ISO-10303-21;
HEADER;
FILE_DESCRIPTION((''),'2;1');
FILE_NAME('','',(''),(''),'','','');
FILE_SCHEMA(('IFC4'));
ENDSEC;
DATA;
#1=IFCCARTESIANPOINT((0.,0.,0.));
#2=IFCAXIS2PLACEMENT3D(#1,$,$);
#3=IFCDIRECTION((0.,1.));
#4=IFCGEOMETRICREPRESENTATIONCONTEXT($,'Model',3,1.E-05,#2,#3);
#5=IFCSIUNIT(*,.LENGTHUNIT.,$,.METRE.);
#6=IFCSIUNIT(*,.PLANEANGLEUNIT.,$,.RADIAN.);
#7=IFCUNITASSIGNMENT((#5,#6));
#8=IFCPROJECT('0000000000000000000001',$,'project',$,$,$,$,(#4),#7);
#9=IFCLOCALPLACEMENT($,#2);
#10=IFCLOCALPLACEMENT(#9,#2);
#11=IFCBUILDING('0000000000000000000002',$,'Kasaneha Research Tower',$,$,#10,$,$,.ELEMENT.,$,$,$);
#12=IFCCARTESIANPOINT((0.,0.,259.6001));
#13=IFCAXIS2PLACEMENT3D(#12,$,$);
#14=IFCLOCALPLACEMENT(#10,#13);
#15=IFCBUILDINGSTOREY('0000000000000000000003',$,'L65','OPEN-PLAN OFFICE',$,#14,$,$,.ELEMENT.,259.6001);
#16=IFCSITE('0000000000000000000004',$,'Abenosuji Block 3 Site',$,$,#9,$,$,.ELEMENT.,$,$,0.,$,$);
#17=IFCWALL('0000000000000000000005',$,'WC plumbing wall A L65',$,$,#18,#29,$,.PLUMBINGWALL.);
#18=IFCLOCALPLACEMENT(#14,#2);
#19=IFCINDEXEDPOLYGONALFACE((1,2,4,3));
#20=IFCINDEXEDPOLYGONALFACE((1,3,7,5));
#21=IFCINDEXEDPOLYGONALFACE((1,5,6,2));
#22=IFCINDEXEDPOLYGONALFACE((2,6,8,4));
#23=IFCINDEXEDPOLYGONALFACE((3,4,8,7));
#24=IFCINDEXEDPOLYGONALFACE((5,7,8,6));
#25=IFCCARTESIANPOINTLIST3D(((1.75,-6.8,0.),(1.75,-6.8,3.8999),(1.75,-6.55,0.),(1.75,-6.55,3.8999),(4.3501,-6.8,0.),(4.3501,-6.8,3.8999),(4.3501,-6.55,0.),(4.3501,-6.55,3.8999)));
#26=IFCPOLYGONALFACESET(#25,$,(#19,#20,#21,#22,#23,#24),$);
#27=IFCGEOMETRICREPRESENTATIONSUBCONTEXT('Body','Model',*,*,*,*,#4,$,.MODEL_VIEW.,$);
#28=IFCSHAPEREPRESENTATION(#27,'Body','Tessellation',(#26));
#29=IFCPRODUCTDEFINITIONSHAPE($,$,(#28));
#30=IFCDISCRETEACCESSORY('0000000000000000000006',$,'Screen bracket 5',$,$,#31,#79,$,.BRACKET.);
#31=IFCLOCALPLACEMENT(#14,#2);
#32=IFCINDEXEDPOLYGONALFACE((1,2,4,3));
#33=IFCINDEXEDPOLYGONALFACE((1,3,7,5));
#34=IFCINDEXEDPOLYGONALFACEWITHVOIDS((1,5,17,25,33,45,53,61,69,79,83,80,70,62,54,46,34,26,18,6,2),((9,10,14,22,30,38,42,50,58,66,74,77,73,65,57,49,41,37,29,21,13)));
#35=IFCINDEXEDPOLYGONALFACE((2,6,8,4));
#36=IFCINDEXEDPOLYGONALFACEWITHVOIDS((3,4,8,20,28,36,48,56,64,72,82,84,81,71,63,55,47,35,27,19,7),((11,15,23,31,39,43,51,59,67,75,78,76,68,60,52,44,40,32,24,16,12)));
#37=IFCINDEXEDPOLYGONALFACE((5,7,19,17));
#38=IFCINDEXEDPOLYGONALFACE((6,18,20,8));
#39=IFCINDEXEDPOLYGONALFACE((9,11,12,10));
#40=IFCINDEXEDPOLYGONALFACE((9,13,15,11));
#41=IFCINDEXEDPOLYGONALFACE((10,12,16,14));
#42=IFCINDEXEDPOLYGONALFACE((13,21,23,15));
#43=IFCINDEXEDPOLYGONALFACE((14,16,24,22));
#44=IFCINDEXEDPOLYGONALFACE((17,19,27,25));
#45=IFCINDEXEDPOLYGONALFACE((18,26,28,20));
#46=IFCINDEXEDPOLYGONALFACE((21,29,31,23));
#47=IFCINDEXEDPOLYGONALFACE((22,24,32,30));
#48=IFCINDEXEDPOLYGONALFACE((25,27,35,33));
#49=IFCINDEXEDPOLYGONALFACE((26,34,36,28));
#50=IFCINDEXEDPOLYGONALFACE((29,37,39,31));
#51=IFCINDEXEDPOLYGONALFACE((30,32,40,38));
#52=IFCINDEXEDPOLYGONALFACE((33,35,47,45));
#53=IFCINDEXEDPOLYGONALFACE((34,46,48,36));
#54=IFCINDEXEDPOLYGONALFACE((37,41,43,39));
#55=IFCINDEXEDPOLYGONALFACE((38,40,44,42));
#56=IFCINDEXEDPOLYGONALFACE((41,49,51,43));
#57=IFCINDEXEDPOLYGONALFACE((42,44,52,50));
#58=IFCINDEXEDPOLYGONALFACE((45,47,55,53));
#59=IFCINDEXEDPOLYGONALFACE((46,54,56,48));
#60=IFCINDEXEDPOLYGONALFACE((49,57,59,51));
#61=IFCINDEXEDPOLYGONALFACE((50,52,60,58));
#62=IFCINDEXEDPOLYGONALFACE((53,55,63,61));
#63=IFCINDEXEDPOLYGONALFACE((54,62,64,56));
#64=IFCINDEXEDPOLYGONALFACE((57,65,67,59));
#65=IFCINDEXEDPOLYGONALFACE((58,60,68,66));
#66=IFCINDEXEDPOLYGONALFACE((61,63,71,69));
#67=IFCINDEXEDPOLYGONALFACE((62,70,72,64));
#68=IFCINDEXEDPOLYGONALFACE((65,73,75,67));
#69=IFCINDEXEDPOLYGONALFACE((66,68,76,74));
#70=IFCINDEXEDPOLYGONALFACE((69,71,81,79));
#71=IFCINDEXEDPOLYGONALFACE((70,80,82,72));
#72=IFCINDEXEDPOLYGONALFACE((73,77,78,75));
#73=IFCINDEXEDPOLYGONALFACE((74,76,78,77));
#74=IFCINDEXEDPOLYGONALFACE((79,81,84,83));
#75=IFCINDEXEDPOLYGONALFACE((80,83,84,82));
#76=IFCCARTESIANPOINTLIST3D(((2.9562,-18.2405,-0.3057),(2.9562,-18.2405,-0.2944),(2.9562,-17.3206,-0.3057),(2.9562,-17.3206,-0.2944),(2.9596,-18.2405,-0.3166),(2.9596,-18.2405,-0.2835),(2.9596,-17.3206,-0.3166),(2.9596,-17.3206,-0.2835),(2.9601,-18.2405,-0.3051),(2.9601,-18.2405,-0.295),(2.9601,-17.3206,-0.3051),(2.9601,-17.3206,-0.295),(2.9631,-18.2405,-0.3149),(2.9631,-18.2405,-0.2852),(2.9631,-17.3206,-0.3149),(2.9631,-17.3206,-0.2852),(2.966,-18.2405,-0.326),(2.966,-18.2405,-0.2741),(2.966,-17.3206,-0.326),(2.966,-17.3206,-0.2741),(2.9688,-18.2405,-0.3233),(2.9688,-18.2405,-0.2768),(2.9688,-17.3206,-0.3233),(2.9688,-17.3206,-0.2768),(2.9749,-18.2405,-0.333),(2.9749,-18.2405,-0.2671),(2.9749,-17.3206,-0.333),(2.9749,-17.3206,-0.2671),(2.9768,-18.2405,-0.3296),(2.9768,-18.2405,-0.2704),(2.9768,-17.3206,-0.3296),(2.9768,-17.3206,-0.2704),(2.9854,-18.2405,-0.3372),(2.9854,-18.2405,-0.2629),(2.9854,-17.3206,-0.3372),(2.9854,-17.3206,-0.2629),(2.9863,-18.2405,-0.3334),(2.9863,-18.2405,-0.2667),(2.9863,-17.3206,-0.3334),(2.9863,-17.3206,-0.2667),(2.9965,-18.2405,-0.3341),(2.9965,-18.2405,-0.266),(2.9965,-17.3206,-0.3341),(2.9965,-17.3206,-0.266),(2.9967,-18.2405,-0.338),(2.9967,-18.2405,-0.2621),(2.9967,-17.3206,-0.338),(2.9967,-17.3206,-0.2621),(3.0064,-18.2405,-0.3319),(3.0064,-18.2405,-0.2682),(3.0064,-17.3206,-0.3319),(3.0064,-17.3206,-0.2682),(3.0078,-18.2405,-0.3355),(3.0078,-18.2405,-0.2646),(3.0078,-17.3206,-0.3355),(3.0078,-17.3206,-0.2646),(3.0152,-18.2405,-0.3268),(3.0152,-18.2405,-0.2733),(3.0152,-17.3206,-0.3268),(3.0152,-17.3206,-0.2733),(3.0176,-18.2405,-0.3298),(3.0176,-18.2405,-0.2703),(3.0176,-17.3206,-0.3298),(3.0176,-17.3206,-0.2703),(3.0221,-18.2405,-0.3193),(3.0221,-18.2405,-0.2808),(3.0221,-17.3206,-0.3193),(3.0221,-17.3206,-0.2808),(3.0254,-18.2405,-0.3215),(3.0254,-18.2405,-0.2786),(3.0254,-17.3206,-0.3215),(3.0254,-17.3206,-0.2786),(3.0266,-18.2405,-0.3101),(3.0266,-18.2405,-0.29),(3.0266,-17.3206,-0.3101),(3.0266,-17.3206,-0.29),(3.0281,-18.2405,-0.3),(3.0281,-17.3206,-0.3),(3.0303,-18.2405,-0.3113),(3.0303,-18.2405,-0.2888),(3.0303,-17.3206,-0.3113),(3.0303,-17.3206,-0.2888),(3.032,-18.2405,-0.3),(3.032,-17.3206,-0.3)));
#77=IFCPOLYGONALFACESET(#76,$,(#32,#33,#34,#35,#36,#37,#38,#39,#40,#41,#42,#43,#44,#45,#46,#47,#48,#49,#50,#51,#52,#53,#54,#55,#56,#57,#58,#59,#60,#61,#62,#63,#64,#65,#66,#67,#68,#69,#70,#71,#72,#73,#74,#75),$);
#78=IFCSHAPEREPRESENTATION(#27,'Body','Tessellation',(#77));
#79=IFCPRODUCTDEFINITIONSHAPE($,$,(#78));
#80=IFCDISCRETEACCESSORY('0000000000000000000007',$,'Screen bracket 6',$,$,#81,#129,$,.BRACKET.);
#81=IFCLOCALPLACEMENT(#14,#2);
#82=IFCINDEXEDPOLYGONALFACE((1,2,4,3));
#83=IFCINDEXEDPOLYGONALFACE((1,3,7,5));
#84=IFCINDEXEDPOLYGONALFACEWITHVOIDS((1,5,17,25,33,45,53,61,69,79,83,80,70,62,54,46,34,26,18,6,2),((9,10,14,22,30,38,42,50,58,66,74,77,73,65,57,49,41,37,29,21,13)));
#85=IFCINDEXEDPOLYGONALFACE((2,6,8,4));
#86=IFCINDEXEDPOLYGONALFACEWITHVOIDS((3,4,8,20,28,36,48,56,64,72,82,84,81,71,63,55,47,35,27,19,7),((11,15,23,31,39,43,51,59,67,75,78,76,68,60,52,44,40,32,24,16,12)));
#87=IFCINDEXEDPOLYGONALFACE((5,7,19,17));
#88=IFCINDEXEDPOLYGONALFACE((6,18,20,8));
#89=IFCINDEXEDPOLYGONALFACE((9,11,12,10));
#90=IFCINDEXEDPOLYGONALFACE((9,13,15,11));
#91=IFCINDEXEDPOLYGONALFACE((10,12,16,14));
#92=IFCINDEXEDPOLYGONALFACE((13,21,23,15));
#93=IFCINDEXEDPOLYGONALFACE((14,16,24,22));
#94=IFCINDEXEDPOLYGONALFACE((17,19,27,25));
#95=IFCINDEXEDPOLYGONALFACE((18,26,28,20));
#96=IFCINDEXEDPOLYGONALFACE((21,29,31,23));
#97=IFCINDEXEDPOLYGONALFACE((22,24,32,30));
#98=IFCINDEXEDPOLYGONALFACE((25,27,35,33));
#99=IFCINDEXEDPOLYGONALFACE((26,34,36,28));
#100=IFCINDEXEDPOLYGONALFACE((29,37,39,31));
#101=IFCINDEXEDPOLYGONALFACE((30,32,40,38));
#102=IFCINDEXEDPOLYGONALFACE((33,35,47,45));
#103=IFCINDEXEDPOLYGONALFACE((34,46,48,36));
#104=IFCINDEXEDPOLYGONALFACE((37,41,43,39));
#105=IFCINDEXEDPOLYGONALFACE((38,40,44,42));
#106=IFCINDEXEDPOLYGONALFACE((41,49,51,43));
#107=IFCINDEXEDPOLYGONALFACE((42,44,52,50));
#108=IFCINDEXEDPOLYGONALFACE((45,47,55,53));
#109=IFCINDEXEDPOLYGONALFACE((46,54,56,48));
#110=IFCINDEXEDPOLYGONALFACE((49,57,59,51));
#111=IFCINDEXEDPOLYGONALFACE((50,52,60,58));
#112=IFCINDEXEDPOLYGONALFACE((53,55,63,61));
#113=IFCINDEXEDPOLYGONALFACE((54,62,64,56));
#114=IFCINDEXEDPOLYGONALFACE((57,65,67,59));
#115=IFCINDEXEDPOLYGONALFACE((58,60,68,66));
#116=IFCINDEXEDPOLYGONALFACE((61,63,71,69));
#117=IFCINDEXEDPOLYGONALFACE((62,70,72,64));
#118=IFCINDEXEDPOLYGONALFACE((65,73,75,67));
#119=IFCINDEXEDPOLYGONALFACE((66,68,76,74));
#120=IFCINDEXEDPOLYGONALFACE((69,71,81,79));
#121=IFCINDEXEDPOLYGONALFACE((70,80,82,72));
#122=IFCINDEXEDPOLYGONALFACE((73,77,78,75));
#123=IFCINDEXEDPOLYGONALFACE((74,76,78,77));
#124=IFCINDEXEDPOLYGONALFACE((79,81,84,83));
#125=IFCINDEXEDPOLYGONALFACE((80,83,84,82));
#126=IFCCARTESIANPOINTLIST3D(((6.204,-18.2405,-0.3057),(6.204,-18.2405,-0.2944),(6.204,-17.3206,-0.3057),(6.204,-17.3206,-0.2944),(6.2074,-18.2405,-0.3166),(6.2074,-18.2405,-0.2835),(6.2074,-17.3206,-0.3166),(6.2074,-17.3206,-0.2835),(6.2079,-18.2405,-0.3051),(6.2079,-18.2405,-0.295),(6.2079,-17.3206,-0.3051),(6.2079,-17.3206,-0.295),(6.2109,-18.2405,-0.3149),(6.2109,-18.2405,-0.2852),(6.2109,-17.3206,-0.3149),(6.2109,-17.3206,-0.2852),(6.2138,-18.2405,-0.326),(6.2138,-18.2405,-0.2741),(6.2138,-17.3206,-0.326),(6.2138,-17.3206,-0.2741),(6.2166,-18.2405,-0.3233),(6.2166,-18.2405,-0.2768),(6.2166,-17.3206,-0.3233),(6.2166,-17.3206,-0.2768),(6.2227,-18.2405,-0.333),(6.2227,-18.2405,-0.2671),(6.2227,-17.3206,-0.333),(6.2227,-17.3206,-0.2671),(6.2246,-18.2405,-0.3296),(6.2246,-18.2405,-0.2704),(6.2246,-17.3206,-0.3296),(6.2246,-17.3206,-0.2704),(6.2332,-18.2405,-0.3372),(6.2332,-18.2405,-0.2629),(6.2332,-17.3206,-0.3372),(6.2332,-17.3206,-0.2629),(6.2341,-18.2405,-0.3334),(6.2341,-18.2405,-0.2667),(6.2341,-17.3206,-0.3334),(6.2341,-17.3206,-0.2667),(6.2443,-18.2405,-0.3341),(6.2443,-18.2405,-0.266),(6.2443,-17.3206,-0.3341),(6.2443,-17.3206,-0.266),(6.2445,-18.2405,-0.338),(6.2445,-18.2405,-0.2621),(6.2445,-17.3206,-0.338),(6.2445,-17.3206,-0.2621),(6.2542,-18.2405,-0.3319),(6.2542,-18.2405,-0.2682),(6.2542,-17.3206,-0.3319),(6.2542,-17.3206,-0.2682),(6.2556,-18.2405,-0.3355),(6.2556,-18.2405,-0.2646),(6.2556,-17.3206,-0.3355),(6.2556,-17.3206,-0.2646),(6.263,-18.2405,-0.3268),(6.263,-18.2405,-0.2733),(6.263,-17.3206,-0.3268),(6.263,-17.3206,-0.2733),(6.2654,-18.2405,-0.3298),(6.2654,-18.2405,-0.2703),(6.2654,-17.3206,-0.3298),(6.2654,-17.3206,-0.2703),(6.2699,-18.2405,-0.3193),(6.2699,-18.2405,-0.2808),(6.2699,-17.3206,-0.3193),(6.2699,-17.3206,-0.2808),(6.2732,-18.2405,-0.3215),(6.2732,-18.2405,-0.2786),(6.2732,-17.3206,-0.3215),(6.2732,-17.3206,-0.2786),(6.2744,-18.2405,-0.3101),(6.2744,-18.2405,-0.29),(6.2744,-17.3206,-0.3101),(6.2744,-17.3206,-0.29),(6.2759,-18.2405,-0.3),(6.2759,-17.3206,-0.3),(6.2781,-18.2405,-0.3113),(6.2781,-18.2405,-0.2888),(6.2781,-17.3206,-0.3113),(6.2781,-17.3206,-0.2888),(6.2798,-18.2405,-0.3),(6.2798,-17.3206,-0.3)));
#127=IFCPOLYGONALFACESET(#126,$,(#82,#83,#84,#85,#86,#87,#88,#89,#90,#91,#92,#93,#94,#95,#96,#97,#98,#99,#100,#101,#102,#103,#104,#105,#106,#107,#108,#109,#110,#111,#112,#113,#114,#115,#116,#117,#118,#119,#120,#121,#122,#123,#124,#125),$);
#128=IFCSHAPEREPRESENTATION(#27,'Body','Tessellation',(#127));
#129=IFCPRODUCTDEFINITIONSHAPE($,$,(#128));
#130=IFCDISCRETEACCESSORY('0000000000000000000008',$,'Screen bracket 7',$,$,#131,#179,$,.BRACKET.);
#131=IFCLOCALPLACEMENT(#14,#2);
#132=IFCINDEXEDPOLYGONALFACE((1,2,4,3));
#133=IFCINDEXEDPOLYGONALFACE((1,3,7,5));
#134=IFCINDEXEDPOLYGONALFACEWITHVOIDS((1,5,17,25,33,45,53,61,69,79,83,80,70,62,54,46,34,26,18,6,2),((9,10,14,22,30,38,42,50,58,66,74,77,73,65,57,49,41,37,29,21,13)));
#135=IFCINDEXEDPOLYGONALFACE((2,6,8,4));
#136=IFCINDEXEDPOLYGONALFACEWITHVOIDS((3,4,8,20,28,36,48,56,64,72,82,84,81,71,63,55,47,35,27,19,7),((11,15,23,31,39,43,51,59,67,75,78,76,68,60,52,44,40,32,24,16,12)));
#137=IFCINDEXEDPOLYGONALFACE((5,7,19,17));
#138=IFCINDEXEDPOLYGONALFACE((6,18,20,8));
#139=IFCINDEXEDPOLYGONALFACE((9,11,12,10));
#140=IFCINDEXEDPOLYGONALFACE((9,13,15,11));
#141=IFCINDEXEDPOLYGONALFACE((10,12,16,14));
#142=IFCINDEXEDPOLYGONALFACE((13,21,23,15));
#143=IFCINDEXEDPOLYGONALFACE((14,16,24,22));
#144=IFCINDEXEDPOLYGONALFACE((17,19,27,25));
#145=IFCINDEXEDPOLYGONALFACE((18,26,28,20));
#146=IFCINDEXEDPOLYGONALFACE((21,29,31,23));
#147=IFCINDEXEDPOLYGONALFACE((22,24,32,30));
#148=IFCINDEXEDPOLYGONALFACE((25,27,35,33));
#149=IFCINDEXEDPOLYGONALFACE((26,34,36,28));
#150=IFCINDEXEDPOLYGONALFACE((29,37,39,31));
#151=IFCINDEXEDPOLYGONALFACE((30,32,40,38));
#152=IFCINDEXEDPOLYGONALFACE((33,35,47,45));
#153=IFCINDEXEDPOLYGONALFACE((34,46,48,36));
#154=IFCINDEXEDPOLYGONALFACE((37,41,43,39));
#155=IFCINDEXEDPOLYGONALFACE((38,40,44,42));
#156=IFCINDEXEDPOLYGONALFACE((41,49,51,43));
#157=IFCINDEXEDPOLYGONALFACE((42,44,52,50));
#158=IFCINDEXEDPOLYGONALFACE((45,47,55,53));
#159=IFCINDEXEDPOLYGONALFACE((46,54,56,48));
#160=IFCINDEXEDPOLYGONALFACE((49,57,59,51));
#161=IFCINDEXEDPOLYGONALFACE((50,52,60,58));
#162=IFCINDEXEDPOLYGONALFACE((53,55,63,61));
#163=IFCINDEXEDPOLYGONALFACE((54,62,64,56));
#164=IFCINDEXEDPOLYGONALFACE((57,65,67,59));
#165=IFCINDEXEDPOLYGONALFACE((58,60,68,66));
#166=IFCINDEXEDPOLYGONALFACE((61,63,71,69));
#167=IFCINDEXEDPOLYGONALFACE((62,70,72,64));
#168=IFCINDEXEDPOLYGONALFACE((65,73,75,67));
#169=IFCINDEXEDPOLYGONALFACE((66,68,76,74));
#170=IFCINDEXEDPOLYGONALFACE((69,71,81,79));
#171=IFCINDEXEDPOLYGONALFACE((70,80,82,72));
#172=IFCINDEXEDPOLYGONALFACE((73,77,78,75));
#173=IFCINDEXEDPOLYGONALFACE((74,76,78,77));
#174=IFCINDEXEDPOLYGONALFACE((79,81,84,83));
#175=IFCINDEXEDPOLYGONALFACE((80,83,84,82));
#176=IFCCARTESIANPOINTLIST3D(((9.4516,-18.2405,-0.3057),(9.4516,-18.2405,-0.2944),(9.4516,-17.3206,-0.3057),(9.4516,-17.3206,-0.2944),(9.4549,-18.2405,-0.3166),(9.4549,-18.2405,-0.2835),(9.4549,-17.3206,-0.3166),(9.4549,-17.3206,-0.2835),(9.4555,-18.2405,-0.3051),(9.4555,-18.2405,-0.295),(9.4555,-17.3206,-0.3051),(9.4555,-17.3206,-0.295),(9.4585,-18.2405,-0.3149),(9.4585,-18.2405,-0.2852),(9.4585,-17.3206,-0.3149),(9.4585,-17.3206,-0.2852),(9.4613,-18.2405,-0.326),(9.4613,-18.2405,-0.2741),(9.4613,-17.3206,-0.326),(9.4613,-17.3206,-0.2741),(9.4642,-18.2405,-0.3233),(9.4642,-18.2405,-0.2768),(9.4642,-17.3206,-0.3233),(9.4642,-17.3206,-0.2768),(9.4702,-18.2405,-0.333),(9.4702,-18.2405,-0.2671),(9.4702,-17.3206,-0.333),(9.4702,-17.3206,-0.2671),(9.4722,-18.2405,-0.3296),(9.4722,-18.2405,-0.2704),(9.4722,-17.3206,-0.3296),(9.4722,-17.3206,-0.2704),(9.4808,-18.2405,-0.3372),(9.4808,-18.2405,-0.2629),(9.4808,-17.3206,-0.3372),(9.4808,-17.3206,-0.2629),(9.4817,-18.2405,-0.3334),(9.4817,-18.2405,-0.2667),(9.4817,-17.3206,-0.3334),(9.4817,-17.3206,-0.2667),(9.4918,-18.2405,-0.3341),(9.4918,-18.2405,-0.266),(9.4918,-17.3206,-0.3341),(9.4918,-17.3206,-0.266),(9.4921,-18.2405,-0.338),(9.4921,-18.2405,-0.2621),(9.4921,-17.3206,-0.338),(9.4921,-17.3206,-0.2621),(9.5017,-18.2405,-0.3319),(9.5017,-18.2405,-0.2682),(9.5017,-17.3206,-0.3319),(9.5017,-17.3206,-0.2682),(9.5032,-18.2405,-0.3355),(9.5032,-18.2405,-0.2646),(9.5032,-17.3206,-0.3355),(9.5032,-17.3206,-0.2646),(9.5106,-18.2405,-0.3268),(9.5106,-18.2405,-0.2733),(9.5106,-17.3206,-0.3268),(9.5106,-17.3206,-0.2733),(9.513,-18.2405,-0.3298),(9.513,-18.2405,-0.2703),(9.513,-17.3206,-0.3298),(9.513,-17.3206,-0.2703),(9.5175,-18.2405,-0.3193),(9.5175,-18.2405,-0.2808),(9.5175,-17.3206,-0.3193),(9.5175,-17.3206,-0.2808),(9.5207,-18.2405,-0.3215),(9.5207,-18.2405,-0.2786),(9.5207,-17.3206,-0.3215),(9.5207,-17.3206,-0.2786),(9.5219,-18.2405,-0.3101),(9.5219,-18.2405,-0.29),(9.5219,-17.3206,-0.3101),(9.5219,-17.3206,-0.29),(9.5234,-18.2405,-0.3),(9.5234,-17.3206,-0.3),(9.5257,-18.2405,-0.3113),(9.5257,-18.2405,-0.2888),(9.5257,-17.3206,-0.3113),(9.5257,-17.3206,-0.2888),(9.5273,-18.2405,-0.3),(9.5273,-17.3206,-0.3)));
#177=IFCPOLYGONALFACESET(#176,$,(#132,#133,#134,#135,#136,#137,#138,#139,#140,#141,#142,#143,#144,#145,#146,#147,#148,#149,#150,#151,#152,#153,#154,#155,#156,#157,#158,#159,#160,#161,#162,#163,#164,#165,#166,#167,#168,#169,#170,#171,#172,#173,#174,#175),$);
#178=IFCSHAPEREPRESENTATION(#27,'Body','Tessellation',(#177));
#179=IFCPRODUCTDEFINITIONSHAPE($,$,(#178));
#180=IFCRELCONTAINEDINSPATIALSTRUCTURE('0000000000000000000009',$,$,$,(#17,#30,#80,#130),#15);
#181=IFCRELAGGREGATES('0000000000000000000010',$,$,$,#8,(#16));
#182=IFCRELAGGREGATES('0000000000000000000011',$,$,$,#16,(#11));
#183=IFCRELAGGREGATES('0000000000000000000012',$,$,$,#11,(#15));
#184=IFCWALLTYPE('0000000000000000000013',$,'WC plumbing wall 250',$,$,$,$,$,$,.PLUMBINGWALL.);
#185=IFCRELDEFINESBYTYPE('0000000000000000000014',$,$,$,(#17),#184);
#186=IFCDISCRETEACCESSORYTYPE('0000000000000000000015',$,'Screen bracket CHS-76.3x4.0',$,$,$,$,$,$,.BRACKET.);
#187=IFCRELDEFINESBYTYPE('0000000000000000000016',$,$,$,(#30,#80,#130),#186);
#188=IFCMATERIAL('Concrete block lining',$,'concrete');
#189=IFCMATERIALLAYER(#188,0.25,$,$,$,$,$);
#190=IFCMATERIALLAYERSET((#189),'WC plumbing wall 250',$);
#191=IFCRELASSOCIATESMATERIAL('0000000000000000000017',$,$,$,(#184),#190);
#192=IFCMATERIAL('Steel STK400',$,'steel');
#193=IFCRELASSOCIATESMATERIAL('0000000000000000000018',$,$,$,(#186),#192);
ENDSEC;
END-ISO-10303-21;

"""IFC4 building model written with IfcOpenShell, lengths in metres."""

from ifc_helpers import new_model, si_unit, direction, frame, frame_2d, origin, origin_2d, place, context, subcontext, project, spatial, rectangle, hollow_circle, extrude, material, layer, layer_set, material_profile, profile_set, type_object, element, save


model = new_model("IFC4")

# Units and contexts
model_context = context("Model", 3, precision=1e-05, world=origin(), true_north=direction((0.0, 1.0)))
body_context = subcontext(model_context, "Body", "Model", "MODEL_VIEW")
ifc_project = project(units=[si_unit("LENGTHUNIT", "METRE"), si_unit("PLANEANGLEUNIT", "RADIAN")], contexts=[model_context])

# Site, building, storey
site_placement = place(None, origin())
site = spatial("IfcSite", under=ifc_project, at=site_placement, Name="Abenosuji Block 3 Site", CompositionType="ELEMENT", RefElevation=0.0)
building_placement = place(site_placement, origin())
building = spatial("IfcBuilding", under=site, at=building_placement, Name="Kasaneha Research Tower", CompositionType="ELEMENT")
storey_placement = place(building_placement, frame((0.0, 0.0, 259.6001)))
storey = spatial("IfcBuildingStorey", under=building, at=storey_placement, Name="L65", Description="OPEN-PLAN OFFICE", CompositionType="ELEMENT", Elevation=259.6001)

# Wall
ifc_material_1 = material(Name="Concrete block lining", Category="concrete")
ifc_layer_1 = layer(ifc_material_1, 0.25)
ifc_layer_set_1 = layer_set([ifc_layer_1], Name="WC plumbing wall 250")
wall_type_1 = type_object("IfcWallType", Name="WC plumbing wall 250", PredefinedType="PLUMBINGWALL", material=ifc_layer_set_1)
wall_1_placement = place(storey_placement, frame((1.75, -6.675, 0.0), z_axis=(0.0, 0.0, 1.0), x_axis=(1.0, 0.0, 0.0)))
element("IfcWall", 1, at=wall_1_placement, inside=storey, type_object=wall_type_1, Name="WC plumbing wall A L65", PredefinedType="PLUMBINGWALL", context=body_context, shape_type="SweptSolid", body=[
    extrude(rectangle(XDim=2.6001, YDim=0.25, at=frame_2d((1.3, 0.0))), origin(), (0.0, 0.0, 1.0), 3.8999),
])

# Discrete accessories
ifc_material_2 = material(Name="Steel STK400", Category="steel")
ifc_material_profile_1 = material_profile(ifc_material_2, hollow_circle(Radius=0.0381, WallThickness=0.0039, at=origin_2d()), Name="CHS-76.3x4.0")
ifc_profile_set_1 = profile_set([ifc_material_profile_1], Name="Steel STK400")
discrete_accessory_type = type_object("IfcDiscreteAccessoryType", Name="Screen bracket CHS-76.3x4.0", PredefinedType="BRACKET", material=ifc_profile_set_1)
for number, where, z_axis, x_axis, name in (
    (2, (2.9939, -17.3206, -0.3), (0.0, -1.0, 0.0), (1.0, 0.0, 0.0), "Screen bracket 5"),
    (3, (6.2417, -17.3206, -0.3), (0.0, -1.0, 0.0), (1.0, 0.0, 0.0), "Screen bracket 6"),
    (4, (9.4893, -17.3206, -0.3), (0.0, -1.0, 0.0), (1.0, 0.0, 0.0), "Screen bracket 7"),
):
    element("IfcDiscreteAccessory", number, at=place(storey_placement, frame(where, z_axis=z_axis, x_axis=x_axis)), inside=storey, type_object=discrete_accessory_type, Name=name, PredefinedType="BRACKET", context=body_context, shape_type="SweptSolid", body=[
        extrude(hollow_circle(Radius=0.0381, WallThickness=0.0039, at=origin_2d()), origin(), (0.0, 0.0, 1.0), 0.9199),
    ])

save(model, "model.ifc")
